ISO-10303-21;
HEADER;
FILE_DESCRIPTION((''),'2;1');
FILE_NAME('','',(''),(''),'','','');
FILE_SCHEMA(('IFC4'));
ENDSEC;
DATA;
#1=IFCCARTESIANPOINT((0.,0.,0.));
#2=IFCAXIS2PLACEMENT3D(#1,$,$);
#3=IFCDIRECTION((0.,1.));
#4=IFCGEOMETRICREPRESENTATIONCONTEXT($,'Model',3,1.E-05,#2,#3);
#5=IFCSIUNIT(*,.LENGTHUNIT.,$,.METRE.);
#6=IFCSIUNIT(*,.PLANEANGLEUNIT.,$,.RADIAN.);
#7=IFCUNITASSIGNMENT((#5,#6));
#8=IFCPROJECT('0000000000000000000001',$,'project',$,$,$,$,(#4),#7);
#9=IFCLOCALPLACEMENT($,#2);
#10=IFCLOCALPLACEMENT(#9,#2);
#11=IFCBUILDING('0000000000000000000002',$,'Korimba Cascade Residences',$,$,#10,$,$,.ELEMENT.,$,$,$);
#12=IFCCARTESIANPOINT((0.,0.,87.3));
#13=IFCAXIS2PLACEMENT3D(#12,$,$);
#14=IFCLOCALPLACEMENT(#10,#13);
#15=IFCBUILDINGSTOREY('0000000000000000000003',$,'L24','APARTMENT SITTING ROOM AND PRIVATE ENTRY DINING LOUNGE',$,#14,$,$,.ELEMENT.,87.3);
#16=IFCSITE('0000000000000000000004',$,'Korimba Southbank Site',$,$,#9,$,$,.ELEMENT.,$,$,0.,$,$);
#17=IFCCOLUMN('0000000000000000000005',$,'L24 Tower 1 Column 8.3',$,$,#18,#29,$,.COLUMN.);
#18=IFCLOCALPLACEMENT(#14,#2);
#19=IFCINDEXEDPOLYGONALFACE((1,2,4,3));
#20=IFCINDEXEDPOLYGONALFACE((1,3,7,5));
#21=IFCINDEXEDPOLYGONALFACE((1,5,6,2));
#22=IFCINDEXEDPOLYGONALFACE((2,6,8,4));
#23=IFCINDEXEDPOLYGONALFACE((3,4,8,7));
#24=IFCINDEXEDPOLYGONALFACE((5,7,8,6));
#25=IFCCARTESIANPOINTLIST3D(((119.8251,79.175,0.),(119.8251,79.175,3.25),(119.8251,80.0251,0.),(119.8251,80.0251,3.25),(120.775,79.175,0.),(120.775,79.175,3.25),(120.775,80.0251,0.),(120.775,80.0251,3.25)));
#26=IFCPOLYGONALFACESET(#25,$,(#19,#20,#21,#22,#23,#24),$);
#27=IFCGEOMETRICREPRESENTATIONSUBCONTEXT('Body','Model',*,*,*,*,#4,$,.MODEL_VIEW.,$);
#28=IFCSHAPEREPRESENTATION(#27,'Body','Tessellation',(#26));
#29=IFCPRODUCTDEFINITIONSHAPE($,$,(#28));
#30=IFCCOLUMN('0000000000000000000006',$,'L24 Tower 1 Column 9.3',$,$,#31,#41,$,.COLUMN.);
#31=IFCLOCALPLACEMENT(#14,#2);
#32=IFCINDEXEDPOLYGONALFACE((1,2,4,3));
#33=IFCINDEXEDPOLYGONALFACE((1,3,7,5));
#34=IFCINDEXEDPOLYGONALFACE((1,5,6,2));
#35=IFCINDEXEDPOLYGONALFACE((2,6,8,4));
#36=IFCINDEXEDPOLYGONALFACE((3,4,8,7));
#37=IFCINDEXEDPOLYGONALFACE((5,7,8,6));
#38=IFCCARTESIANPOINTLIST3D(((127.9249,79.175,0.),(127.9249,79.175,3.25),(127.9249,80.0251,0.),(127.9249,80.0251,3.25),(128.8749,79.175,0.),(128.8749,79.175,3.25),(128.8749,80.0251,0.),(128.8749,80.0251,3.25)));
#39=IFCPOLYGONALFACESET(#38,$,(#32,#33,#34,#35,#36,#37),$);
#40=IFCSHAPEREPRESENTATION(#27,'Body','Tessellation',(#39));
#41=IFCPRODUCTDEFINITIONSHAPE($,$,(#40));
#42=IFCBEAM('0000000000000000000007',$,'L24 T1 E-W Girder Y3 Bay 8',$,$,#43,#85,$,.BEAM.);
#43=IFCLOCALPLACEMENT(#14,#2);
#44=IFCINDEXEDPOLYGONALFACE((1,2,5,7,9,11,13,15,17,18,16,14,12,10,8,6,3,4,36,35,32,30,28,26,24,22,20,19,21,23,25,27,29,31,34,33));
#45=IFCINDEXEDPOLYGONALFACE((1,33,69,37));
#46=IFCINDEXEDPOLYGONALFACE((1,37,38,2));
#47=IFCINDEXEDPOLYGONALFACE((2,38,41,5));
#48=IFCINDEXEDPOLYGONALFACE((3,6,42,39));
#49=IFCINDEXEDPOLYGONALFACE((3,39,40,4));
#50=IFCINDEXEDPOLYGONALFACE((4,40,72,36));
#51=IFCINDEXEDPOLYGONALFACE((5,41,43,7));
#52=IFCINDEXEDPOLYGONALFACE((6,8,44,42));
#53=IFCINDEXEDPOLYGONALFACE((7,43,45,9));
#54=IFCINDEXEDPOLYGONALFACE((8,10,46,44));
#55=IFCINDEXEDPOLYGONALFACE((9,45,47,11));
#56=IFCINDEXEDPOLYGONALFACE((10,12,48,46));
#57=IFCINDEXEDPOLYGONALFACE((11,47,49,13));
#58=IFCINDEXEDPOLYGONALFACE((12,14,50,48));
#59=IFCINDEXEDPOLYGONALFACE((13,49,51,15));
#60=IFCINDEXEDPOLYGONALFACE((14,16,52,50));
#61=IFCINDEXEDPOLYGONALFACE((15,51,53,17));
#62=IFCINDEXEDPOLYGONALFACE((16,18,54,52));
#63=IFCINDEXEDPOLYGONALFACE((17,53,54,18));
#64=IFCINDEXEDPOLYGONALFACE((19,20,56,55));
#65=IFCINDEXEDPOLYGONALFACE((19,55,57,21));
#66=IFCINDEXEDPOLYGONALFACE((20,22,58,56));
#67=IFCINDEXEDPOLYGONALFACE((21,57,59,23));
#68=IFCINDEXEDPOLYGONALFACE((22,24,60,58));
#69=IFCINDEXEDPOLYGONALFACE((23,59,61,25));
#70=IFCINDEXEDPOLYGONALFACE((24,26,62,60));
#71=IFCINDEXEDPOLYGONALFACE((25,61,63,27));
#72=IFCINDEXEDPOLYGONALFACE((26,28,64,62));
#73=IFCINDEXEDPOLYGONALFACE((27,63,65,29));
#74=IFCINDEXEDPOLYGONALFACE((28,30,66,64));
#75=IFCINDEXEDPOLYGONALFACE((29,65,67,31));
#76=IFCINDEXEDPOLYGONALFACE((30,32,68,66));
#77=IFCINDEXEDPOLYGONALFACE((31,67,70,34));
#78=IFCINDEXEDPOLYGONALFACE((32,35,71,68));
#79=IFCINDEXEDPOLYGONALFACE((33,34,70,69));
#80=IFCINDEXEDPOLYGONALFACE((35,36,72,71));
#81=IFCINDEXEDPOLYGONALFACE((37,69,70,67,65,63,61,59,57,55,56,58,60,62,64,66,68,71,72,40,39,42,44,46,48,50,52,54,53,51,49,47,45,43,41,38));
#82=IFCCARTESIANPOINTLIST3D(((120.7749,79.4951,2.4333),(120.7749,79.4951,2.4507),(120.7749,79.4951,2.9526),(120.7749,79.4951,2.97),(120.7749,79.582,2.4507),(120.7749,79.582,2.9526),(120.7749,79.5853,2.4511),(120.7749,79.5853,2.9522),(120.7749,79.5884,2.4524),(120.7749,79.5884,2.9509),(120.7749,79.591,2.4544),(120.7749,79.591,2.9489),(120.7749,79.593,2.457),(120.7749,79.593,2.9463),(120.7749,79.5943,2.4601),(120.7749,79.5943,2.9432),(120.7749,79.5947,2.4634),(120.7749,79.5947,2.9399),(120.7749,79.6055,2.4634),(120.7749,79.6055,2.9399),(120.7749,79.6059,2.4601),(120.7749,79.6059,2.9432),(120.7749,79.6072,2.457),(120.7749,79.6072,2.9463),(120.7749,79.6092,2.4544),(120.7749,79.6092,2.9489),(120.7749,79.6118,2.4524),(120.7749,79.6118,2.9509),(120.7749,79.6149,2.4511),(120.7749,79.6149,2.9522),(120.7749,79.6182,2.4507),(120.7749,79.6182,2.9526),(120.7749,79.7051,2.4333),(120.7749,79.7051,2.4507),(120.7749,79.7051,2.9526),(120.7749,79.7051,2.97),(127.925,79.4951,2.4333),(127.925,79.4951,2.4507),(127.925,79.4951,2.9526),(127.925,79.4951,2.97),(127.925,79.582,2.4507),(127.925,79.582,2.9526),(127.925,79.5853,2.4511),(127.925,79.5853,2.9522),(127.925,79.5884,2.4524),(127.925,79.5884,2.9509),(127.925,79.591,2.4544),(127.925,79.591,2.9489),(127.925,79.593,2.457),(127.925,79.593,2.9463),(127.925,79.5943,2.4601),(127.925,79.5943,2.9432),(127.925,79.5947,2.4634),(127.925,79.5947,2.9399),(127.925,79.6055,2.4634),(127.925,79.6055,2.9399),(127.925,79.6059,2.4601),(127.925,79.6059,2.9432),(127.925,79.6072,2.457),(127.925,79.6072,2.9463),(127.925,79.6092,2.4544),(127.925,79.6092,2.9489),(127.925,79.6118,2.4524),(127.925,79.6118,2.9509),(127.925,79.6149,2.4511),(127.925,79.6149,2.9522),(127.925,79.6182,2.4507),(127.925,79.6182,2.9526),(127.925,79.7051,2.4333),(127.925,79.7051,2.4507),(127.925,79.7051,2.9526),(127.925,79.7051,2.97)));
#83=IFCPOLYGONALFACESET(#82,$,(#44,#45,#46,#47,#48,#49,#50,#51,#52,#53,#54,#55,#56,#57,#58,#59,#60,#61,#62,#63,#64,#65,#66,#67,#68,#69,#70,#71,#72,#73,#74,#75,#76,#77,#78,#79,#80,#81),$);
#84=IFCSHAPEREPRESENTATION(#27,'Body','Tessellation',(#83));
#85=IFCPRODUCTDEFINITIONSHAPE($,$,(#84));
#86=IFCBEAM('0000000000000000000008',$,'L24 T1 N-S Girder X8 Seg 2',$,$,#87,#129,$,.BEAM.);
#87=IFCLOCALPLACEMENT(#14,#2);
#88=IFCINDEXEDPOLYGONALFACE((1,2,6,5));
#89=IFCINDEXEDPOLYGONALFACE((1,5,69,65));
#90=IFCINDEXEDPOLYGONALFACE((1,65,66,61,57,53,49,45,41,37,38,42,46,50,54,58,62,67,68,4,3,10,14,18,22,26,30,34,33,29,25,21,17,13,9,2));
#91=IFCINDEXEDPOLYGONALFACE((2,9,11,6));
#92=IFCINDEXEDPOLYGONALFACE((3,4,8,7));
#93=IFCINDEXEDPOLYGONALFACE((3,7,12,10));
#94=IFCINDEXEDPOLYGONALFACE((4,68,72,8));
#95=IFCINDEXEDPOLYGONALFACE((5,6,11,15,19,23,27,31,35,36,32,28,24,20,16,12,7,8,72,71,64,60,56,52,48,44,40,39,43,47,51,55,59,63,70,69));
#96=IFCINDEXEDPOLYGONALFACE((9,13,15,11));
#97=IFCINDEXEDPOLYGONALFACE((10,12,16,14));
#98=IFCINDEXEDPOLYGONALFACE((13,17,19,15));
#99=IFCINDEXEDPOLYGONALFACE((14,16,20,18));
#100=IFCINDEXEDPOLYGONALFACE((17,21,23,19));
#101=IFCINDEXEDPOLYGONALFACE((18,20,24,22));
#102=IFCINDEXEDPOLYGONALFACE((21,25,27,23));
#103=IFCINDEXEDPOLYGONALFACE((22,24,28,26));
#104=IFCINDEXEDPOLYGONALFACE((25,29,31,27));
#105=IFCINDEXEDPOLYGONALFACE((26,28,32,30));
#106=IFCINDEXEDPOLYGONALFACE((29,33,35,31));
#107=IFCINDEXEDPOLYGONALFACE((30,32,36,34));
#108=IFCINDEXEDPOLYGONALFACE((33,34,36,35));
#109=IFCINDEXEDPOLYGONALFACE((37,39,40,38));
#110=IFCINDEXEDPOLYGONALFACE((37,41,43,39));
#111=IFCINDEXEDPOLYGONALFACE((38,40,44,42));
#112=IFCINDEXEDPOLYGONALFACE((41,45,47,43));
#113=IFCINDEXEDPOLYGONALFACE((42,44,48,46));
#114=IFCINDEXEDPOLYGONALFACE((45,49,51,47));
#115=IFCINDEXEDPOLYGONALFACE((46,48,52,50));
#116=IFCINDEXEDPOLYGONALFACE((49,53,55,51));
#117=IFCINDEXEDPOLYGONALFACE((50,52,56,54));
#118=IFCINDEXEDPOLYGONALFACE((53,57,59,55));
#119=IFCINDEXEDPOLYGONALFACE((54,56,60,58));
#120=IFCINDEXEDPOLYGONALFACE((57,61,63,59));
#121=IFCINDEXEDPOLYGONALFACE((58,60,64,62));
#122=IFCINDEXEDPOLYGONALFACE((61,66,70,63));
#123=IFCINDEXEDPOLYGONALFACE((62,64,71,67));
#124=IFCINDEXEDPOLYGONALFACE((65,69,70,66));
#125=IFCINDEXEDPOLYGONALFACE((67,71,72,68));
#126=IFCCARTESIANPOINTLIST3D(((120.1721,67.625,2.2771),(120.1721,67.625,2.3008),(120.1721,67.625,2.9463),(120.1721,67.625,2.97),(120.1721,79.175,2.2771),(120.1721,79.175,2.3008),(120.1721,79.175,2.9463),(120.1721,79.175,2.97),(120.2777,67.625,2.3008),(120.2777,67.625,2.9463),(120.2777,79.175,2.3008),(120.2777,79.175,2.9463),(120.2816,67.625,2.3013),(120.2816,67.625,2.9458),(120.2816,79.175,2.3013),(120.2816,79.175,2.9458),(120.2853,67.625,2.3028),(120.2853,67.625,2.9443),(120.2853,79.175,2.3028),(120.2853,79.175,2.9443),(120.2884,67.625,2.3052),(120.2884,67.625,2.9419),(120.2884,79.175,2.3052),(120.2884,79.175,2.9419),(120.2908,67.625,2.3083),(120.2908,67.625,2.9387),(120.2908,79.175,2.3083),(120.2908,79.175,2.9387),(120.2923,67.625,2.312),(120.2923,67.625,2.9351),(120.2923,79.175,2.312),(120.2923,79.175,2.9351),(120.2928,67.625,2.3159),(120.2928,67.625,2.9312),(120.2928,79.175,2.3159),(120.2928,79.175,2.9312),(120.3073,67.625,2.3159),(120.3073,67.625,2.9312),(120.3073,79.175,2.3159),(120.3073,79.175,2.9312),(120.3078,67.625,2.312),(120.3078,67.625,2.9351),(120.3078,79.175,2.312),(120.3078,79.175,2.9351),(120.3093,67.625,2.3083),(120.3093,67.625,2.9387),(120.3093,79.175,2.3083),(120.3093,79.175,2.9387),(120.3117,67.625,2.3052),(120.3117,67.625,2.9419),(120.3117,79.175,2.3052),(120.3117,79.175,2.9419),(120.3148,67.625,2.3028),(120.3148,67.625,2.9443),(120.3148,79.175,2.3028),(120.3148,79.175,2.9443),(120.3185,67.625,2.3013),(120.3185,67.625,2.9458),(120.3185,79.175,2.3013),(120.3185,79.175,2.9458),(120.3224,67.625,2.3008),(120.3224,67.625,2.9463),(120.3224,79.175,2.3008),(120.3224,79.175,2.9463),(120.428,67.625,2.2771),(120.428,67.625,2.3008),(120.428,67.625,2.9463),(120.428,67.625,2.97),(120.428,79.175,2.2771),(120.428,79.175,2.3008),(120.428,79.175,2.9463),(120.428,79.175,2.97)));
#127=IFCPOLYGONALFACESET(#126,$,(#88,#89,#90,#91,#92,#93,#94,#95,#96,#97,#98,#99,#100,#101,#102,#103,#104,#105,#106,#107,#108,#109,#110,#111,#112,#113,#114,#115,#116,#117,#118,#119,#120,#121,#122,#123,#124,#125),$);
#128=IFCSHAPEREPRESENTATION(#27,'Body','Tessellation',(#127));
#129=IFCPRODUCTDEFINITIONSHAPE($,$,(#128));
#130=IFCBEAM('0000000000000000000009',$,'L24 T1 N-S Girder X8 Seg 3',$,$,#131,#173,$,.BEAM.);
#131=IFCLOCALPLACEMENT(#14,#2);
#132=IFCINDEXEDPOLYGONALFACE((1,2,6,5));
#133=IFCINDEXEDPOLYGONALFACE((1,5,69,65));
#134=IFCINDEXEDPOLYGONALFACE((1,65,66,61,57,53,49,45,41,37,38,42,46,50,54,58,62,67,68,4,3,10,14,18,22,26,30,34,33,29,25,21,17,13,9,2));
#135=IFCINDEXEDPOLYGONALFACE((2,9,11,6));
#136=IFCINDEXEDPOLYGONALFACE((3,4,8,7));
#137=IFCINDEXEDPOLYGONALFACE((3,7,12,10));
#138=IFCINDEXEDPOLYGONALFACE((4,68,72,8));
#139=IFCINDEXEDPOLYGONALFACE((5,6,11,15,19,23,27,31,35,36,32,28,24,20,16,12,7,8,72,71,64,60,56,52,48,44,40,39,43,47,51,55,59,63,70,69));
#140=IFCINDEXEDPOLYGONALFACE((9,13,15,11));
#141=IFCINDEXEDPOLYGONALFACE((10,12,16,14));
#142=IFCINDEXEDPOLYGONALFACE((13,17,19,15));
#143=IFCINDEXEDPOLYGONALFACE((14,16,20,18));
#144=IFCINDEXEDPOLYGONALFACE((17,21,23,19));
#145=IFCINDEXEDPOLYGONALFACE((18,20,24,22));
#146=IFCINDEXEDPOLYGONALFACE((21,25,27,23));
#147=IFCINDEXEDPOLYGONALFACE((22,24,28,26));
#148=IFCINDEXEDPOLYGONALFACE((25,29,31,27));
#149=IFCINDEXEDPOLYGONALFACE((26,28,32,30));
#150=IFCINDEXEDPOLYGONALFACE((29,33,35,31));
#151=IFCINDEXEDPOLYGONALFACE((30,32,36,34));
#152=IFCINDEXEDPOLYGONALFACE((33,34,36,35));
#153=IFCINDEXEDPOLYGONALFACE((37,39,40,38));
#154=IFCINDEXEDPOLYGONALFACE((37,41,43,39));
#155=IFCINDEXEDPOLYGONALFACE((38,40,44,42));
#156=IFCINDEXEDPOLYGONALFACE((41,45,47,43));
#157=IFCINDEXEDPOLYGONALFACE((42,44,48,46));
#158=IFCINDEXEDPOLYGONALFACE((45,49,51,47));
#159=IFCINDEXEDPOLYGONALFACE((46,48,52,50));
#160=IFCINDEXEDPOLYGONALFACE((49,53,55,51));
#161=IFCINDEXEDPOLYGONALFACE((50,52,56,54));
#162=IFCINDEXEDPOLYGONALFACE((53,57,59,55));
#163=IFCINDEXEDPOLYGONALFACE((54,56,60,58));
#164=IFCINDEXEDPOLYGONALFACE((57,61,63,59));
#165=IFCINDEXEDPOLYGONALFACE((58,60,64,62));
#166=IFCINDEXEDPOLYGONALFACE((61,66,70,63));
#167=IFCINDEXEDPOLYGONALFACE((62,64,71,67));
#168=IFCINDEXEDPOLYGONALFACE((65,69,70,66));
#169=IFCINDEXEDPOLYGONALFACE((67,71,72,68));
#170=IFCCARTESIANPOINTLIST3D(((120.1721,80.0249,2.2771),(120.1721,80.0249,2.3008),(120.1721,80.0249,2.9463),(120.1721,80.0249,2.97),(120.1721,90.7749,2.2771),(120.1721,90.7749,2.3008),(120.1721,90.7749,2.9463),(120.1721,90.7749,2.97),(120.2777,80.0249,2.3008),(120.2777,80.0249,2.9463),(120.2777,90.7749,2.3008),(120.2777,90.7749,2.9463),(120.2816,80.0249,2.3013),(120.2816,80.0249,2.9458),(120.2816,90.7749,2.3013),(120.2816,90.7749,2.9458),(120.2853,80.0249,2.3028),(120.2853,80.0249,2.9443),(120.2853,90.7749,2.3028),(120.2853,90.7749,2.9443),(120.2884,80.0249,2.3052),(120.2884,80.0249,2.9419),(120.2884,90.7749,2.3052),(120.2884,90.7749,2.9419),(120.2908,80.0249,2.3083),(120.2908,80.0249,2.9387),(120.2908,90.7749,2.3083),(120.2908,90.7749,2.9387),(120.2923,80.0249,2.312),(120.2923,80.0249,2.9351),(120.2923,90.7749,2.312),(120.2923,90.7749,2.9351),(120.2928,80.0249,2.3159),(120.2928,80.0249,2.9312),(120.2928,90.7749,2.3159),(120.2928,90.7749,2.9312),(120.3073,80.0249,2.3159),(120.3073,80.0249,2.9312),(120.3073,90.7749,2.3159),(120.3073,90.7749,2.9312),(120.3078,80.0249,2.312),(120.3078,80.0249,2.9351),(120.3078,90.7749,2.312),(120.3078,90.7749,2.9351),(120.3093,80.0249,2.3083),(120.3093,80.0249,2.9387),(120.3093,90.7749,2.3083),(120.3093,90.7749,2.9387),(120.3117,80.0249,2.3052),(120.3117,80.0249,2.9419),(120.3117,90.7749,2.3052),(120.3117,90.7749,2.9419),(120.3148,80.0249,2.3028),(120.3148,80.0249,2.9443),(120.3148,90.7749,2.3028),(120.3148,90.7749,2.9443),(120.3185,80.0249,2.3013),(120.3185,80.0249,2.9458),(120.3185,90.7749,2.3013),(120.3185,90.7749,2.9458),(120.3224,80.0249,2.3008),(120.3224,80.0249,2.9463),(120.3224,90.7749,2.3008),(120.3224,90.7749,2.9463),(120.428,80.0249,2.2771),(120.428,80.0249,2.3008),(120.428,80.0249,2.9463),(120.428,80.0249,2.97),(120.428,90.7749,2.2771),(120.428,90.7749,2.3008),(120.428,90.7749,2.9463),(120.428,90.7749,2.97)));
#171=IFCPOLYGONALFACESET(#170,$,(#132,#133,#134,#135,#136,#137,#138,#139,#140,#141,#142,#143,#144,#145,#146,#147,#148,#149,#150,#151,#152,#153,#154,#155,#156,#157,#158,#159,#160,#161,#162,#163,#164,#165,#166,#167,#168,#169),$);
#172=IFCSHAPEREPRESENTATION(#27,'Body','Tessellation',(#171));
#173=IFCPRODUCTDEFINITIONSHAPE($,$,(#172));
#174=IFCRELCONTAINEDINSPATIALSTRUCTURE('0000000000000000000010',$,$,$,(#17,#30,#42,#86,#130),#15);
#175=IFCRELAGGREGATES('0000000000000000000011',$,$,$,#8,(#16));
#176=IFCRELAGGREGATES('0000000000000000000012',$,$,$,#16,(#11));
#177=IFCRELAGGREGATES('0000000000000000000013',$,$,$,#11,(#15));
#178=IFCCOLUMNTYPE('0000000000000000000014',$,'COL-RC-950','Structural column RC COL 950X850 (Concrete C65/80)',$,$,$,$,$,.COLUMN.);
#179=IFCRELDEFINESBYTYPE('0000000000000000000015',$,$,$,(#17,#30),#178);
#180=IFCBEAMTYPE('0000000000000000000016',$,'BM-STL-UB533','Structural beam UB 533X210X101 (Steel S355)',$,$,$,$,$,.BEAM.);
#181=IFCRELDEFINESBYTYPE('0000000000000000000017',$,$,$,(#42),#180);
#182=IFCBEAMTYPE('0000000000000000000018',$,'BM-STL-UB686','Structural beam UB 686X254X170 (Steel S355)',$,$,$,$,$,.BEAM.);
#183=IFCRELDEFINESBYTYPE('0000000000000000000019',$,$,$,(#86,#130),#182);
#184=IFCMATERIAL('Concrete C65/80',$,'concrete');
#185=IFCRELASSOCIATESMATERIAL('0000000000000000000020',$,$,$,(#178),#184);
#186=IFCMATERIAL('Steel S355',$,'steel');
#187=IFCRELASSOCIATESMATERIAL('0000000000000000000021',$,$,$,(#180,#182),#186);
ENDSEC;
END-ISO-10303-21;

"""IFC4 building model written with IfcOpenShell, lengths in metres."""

from ifc_helpers import new_model, si_unit, direction, frame, origin, origin_2d, place, context, subcontext, project, spatial, rectangle, i_section, extrude, material, material_profile, profile_set, type_object, element, save


model = new_model("IFC4")

# Units and contexts
model_context = context("Model", 3, precision=1e-05, world=origin(), true_north=direction((0.0, 1.0)))
body_context = subcontext(model_context, "Body", "Model", "MODEL_VIEW")
ifc_project = project(units=[si_unit("LENGTHUNIT", "METRE"), si_unit("PLANEANGLEUNIT", "RADIAN")], contexts=[model_context])

# Site, building, storey
site_placement = place(None, origin())
site = spatial("IfcSite", under=ifc_project, at=site_placement, Name="Korimba Southbank Site", CompositionType="ELEMENT", RefElevation=0.0)
building_placement = place(site_placement, origin())
building = spatial("IfcBuilding", under=site, at=building_placement, Name="Korimba Cascade Residences", CompositionType="ELEMENT")
storey_placement = place(building_placement, frame((0.0, 0.0, 87.3)))
storey = spatial("IfcBuildingStorey", under=building, at=storey_placement, Name="L24", Description="APARTMENT SITTING ROOM AND PRIVATE ENTRY DINING LOUNGE", CompositionType="ELEMENT", Elevation=87.3)

# Columns
ifc_material_1 = material(Name="Concrete C65/80", Category="concrete")
ifc_material_profile_1 = material_profile(ifc_material_1, rectangle(XDim=0.95, YDim=0.8501, at=origin_2d()), Name="Concrete C65/80")
ifc_profile_set_1 = profile_set([ifc_material_profile_1], Name="Concrete C65/80")
column_type = type_object("IfcColumnType", Name="COL-RC-950", Description="Structural column RC COL 950X850 (Concrete C65/80)", PredefinedType="COLUMN", material=ifc_profile_set_1)
for number, where, z_axis, x_axis, name in (
    (1, (120.3, 79.6001, 0.0), (0.0, 0.0, 1.0), (1.0, 0.0, 0.0), "L24 Tower 1 Column 8.3"),
    (2, (128.3999, 79.6001, 0.0), (0.0, 0.0, 1.0), (1.0, 0.0, 0.0), "L24 Tower 1 Column 9.3"),
):
    element("IfcColumn", number, at=place(storey_placement, frame(where, z_axis=z_axis, x_axis=x_axis)), inside=storey, type_object=column_type, Name=name, PredefinedType="COLUMN", context=body_context, shape_type="SweptSolid", body=[
        extrude(rectangle(XDim=0.95, YDim=0.8501, at=origin_2d()), origin(), (0.0, 0.0, 1.0), 3.25),
    ])

# Beams
ifc_material_2 = material(Name="Steel S355", Category="steel")
ifc_material_profile_2 = material_profile(ifc_material_2, i_section(OverallWidth=0.21, OverallDepth=0.5366, WebThickness=0.0107, FlangeThickness=0.0173, FilletRadius=0.0127, at=origin_2d()), Name="Steel S355")
ifc_profile_set_2 = profile_set([ifc_material_profile_2], Name="Steel S355")
beam_type_1 = type_object("IfcBeamType", Name="BM-STL-UB533", Description="Structural beam UB 533X210X101 (Steel S355)", PredefinedType="BEAM", material=ifc_profile_set_2)
beam_1_placement = place(storey_placement, frame((120.7749, 79.6001, 2.7017), z_axis=(1.0, 0.0, 0.0), x_axis=(0.0, 1.0, 0.0)))
element("IfcBeam", 3, at=beam_1_placement, inside=storey, type_object=beam_type_1, Name="L24 T1 E-W Girder Y3 Bay 8", PredefinedType="BEAM", context=body_context, shape_type="SweptSolid", body=[
    extrude(i_section(OverallWidth=0.21, OverallDepth=0.5366, WebThickness=0.0107, FlangeThickness=0.0173, FilletRadius=0.0127, at=origin_2d()), origin(), (0.0, 0.0, 1.0), 7.1501),
])
ifc_material_profile_3 = material_profile(ifc_material_2, i_section(OverallWidth=0.2559, OverallDepth=0.6929, WebThickness=0.0144, FlangeThickness=0.0237, FilletRadius=0.0151, at=origin_2d()), Name="Steel S355")
ifc_profile_set_3 = profile_set([ifc_material_profile_3], Name="Steel S355")
beam_type_2 = type_object("IfcBeamType", Name="BM-STL-UB686", Description="Structural beam UB 686X254X170 (Steel S355)", PredefinedType="BEAM", material=ifc_profile_set_3)
beam_2_placement = place(storey_placement, frame((120.3, 67.625, 2.6235), z_axis=(0.0, 1.0, 0.0), x_axis=(-1.0, 0.0, 0.0)))
element("IfcBeam", 4, at=beam_2_placement, inside=storey, type_object=beam_type_2, Name="L24 T1 N-S Girder X8 Seg 2", PredefinedType="BEAM", context=body_context, shape_type="SweptSolid", body=[
    extrude(i_section(OverallWidth=0.2559, OverallDepth=0.6929, WebThickness=0.0144, FlangeThickness=0.0237, FilletRadius=0.0151, at=origin_2d()), origin(), (0.0, 0.0, 1.0), 11.55),
])
beam_3_placement = place(storey_placement, frame((120.3, 80.0249, 2.6235), z_axis=(0.0, 1.0, 0.0), x_axis=(-1.0, 0.0, 0.0)))
element("IfcBeam", 5, at=beam_3_placement, inside=storey, type_object=beam_type_2, Name="L24 T1 N-S Girder X8 Seg 3", PredefinedType="BEAM", context=body_context, shape_type="SweptSolid", body=[
    extrude(i_section(OverallWidth=0.2559, OverallDepth=0.6929, WebThickness=0.0144, FlangeThickness=0.0237, FilletRadius=0.0151, at=origin_2d()), origin(), (0.0, 0.0, 1.0), 10.75),
])

save(model, "model.ifc")
